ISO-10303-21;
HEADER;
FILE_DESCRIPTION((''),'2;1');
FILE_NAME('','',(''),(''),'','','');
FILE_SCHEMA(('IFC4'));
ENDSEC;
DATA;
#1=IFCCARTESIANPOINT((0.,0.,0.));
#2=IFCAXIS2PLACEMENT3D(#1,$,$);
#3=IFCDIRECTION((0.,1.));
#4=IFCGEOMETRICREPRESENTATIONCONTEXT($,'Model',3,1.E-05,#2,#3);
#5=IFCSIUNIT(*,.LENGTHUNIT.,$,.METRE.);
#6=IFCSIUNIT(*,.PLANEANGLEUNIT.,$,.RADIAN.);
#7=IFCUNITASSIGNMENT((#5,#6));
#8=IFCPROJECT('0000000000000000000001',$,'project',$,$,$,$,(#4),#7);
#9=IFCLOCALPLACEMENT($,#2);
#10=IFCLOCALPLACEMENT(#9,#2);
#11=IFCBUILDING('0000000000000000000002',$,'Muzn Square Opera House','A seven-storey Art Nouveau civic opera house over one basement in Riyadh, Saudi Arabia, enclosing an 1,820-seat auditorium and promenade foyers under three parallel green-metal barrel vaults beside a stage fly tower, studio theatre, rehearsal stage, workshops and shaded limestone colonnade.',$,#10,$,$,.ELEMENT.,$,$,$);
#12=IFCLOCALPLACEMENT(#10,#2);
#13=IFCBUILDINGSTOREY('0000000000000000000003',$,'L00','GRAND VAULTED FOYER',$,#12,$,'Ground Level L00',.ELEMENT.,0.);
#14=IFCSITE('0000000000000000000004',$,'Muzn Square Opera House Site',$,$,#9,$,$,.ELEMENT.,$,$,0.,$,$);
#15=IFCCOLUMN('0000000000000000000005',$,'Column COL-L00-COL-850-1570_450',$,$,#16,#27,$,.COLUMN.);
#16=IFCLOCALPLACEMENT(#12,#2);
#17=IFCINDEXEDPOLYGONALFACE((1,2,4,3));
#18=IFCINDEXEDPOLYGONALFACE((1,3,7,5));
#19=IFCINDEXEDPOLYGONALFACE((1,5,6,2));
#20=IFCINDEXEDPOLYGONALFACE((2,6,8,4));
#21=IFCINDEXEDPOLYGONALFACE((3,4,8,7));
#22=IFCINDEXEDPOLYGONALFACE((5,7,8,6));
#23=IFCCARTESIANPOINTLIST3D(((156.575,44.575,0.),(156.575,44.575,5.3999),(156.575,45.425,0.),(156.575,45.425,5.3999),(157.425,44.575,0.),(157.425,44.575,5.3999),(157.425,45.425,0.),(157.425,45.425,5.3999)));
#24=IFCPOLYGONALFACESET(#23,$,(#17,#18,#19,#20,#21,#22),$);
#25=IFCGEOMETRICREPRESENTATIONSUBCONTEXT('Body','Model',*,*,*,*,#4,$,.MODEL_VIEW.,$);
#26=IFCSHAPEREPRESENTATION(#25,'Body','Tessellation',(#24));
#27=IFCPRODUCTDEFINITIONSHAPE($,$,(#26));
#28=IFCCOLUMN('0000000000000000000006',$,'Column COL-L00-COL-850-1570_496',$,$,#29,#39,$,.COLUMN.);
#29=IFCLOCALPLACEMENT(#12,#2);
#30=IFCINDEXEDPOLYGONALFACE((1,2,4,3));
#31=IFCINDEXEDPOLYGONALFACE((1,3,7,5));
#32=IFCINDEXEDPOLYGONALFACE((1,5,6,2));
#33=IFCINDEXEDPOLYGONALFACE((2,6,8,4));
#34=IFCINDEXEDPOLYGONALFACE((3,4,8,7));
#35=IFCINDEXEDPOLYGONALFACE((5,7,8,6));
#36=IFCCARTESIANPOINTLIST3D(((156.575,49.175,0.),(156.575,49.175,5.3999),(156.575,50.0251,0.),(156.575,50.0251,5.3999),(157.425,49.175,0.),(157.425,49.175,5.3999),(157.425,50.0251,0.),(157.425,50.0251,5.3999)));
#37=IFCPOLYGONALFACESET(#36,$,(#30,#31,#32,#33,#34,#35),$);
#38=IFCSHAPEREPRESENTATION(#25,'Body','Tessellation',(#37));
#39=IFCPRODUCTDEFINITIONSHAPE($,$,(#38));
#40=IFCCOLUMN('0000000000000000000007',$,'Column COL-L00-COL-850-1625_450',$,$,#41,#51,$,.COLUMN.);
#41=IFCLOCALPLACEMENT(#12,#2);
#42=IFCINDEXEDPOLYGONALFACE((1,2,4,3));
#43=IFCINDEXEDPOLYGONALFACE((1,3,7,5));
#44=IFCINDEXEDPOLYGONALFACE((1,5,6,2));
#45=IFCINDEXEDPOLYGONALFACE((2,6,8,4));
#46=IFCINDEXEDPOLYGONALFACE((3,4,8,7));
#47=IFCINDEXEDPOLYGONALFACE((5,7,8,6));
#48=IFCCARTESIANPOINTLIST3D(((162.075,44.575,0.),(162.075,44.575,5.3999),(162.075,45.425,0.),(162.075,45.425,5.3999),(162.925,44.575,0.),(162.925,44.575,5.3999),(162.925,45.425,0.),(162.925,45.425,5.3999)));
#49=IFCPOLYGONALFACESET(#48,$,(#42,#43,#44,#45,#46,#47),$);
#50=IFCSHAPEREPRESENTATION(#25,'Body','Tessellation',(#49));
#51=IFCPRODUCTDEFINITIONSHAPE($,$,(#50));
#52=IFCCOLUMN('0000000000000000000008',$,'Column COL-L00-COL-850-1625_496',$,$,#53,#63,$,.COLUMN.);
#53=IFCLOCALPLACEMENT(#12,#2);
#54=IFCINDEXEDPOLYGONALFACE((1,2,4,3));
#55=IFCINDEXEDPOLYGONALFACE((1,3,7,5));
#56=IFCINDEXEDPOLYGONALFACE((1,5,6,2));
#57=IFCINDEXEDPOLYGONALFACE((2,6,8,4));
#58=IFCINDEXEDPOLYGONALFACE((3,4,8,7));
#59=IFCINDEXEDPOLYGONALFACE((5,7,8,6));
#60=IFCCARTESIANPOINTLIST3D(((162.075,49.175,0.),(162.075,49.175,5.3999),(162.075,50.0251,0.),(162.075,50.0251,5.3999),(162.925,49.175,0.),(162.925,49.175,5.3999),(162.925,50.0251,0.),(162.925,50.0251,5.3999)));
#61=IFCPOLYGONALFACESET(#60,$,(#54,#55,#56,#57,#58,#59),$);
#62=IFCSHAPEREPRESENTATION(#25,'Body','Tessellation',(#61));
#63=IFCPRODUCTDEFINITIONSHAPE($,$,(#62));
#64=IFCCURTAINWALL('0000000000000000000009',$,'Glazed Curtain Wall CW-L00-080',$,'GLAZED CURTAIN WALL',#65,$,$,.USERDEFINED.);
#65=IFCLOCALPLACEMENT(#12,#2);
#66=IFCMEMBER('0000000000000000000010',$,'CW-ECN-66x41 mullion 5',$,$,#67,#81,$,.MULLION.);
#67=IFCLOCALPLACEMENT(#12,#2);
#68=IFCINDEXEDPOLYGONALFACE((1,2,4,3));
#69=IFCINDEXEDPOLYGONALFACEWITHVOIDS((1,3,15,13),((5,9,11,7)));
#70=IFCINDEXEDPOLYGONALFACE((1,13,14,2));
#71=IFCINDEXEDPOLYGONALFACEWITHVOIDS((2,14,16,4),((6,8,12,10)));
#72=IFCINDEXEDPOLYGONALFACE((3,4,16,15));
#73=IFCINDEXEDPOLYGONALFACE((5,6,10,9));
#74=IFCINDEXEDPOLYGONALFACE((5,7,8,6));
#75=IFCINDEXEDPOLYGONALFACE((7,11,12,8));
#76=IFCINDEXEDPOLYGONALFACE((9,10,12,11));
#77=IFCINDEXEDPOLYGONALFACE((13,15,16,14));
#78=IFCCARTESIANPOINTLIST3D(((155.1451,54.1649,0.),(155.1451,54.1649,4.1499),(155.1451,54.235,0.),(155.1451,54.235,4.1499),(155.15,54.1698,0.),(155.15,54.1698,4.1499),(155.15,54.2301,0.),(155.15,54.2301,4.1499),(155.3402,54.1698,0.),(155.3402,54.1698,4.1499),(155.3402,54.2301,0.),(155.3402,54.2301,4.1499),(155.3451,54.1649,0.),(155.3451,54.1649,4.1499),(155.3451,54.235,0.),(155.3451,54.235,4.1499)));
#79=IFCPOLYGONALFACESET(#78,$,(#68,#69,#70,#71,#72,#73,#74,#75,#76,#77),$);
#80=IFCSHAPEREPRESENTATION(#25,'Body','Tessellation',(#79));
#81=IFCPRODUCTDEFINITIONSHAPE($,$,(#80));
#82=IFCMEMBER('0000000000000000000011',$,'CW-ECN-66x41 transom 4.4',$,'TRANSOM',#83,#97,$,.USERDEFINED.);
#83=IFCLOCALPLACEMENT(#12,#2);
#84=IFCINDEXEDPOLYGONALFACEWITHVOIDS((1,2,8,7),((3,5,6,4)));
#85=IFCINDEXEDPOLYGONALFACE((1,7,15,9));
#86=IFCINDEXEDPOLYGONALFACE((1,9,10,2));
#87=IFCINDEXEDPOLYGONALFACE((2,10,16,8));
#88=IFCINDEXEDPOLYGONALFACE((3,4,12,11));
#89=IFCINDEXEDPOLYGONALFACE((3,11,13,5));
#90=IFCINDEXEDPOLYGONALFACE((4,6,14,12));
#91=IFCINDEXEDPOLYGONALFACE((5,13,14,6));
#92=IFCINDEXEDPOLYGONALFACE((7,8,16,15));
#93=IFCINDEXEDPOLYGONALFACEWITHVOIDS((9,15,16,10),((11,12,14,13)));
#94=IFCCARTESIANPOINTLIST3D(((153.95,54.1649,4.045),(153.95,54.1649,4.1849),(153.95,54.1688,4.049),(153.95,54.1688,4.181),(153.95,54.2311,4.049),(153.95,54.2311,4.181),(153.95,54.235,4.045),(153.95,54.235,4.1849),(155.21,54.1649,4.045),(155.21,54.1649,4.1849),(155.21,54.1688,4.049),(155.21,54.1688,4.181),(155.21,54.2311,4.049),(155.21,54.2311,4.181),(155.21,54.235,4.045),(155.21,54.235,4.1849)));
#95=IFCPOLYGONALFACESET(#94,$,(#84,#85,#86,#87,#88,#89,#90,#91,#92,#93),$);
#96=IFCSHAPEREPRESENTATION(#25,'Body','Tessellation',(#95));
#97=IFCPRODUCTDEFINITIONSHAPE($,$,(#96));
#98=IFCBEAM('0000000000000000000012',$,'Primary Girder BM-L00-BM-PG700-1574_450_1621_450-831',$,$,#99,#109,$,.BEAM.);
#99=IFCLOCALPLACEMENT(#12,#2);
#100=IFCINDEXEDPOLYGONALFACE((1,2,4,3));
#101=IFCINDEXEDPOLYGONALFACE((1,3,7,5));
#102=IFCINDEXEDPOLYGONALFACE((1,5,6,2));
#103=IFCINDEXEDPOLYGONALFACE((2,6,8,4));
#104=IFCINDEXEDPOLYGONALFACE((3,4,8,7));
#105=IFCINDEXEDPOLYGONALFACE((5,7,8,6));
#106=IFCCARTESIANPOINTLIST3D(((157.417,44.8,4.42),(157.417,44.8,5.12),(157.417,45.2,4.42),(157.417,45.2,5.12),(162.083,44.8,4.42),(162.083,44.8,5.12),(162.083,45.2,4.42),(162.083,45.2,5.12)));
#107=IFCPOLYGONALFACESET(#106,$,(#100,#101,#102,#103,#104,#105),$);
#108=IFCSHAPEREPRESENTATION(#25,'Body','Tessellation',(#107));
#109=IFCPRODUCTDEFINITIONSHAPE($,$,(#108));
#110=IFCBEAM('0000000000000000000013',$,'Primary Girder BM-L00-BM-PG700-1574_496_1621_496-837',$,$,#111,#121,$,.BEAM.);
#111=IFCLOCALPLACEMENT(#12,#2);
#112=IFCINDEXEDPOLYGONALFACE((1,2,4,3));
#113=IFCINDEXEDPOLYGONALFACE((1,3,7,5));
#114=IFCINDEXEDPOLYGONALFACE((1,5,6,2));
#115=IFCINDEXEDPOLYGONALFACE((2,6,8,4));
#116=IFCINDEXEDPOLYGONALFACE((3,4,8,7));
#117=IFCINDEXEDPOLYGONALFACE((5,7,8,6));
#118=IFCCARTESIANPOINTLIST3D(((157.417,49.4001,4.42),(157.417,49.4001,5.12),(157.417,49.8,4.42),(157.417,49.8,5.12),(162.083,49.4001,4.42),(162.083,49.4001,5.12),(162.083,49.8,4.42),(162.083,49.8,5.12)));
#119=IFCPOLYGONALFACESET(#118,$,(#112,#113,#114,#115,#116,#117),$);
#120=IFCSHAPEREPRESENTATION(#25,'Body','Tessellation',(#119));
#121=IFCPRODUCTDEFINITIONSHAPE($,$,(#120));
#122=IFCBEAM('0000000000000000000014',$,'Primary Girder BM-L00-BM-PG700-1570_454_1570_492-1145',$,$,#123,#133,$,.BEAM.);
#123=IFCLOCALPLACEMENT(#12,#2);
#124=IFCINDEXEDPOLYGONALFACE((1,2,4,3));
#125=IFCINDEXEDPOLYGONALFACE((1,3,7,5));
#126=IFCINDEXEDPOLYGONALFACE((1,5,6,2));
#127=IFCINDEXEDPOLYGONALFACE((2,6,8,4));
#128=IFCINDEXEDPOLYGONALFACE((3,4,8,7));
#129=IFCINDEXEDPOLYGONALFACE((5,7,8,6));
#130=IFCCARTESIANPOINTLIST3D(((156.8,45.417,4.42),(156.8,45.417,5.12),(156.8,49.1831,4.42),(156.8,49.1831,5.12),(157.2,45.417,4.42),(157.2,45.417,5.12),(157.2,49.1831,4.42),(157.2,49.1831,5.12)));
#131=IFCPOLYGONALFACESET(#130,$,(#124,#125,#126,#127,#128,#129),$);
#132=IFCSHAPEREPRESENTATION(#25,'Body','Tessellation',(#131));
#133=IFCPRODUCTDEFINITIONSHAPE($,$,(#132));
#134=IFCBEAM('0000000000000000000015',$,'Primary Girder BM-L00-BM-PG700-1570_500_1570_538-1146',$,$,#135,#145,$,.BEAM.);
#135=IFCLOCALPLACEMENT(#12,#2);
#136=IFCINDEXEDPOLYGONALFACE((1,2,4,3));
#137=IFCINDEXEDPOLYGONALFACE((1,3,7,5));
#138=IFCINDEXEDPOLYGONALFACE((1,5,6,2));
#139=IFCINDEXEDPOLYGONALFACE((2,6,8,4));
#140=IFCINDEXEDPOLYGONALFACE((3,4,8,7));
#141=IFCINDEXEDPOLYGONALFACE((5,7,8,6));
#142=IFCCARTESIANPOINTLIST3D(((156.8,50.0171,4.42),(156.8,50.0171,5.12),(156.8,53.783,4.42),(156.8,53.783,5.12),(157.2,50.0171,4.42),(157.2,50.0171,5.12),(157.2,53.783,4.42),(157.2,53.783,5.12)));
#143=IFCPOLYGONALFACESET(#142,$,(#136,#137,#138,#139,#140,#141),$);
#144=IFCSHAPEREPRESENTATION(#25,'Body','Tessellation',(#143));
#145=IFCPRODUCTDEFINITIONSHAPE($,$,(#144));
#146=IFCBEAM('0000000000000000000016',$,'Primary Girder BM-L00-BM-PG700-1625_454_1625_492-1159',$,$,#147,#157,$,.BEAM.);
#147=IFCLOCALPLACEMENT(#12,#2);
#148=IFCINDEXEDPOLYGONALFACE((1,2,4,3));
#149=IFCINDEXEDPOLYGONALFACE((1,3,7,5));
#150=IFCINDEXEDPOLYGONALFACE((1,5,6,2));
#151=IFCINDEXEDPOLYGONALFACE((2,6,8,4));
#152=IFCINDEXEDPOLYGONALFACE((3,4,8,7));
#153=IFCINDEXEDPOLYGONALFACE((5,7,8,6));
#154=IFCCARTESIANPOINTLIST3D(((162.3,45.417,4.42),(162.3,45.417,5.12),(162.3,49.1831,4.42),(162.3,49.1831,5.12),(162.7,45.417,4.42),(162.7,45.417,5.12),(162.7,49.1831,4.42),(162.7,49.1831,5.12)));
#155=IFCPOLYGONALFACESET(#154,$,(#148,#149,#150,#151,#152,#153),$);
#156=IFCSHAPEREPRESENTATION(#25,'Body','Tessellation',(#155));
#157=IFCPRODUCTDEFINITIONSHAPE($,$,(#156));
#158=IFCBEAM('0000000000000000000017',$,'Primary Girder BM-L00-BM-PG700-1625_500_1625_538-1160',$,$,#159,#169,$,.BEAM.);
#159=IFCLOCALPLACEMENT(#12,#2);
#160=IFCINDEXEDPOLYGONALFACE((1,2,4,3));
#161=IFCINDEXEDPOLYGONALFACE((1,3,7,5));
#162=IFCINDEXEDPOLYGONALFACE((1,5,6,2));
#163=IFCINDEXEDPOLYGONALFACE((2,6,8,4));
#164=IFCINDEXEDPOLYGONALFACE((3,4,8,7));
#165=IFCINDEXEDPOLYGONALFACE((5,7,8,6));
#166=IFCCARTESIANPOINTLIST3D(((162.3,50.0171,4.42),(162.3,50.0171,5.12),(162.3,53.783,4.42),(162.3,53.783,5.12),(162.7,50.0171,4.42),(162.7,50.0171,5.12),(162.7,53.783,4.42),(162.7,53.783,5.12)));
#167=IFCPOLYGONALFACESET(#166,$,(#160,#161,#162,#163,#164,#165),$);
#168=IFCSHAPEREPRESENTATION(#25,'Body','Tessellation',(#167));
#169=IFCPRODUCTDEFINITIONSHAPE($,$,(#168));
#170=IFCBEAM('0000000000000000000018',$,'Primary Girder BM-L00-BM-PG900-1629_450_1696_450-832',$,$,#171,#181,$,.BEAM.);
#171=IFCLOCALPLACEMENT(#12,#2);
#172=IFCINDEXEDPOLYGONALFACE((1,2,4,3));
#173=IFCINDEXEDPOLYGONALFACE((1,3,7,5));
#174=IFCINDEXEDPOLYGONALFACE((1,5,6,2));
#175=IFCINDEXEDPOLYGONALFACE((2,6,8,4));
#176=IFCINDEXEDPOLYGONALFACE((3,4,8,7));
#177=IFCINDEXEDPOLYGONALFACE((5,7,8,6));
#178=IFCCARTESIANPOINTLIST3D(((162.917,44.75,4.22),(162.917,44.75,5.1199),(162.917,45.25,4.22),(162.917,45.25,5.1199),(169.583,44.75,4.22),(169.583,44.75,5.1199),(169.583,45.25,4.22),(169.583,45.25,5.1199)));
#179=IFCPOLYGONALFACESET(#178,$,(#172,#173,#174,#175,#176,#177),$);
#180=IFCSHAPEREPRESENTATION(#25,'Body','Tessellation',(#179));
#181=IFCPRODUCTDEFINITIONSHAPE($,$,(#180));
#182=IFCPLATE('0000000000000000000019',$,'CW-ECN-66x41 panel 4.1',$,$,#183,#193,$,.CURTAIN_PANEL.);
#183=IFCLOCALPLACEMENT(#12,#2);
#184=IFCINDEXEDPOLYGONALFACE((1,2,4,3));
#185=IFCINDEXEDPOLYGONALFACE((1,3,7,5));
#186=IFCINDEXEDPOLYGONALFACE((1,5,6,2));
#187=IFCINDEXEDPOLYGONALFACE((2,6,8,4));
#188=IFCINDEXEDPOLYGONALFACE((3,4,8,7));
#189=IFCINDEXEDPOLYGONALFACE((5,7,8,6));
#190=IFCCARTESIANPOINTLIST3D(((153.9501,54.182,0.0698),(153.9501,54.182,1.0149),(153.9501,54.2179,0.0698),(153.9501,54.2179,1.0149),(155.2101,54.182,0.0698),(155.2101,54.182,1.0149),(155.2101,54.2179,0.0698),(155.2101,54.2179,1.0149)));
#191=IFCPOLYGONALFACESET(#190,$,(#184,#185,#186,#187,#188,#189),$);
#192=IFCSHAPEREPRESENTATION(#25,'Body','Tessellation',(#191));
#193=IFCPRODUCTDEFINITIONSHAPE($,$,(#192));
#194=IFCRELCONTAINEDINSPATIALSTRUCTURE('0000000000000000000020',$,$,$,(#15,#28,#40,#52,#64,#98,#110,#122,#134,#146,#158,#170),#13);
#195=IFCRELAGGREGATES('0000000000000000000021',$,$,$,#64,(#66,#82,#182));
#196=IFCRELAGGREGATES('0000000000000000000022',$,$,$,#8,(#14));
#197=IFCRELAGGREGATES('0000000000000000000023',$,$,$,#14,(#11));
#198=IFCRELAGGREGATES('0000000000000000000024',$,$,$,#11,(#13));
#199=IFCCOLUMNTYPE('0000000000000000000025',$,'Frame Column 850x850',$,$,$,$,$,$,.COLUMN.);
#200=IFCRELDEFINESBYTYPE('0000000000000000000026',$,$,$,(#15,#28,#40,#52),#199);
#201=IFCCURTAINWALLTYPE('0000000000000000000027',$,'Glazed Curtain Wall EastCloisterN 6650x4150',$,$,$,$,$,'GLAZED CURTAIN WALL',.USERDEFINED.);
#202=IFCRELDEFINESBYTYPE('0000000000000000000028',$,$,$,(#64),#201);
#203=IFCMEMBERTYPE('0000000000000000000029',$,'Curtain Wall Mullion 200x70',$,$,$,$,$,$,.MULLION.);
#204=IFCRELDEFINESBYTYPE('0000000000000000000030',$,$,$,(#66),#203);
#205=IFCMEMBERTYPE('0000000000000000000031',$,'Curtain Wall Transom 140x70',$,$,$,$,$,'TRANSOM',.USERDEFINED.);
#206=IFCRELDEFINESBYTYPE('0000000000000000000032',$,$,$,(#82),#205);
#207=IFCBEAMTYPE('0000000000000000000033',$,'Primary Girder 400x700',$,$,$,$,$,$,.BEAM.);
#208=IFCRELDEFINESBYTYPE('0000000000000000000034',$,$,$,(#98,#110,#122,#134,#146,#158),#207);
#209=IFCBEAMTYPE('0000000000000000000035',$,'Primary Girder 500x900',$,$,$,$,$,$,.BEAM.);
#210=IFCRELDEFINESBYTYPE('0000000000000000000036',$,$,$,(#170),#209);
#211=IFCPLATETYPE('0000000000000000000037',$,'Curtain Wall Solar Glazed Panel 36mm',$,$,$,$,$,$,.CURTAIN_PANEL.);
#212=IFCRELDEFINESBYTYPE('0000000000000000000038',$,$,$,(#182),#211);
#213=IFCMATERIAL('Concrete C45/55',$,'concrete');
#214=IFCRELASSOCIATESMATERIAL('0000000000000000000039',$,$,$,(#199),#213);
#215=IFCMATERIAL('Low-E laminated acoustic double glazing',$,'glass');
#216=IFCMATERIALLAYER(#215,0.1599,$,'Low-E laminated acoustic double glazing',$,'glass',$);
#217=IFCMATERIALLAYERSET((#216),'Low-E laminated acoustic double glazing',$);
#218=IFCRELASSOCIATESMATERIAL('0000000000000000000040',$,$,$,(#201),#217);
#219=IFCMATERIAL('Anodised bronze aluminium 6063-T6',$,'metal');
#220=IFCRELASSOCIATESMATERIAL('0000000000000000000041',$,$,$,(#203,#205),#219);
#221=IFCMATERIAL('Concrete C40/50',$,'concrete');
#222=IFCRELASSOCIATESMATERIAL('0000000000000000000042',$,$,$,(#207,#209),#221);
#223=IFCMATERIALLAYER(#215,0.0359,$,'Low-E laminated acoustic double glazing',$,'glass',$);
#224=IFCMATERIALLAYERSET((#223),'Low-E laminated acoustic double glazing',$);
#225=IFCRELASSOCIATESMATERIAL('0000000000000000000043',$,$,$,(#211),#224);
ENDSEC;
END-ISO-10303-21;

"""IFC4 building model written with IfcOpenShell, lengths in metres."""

from ifc_helpers import new_model, si_unit, direction, frame, origin, origin_2d, place, context, subcontext, project, spatial, rectangle, hollow_rectangle, extrude, material, layer, layer_set, material_profile, profile_set, type_object, element, aggregate, save


model = new_model("IFC4")

# Units and contexts
model_context = context("Model", 3, precision=1e-05, world=origin(), true_north=direction((0.0, 1.0)))
body_context = subcontext(model_context, "Body", "Model", "MODEL_VIEW")
ifc_project = project(units=[si_unit("LENGTHUNIT", "METRE"), si_unit("PLANEANGLEUNIT", "RADIAN")], contexts=[model_context])

# Site, building, storey
site_placement = place(None, origin())
site = spatial("IfcSite", under=ifc_project, at=site_placement, Name="Muzn Square Opera House Site", CompositionType="ELEMENT", RefElevation=0.0)
building_placement = place(site_placement, origin())
building = spatial("IfcBuilding", under=site, at=building_placement, Name="Muzn Square Opera House", Description="A seven-storey Art Nouveau civic opera house over one basement in Riyadh, Saudi Arabia, enclosing an 1,820-seat auditorium and promenade foyers under three parallel green-metal barrel vaults beside a stage fly tower, studio theatre, rehearsal stage, workshops and shaded limestone colonnade.", CompositionType="ELEMENT")
storey_placement = place(building_placement, origin())
storey = spatial("IfcBuildingStorey", under=building, at=storey_placement, Name="L00", Description="GRAND VAULTED FOYER", LongName="Ground Level L00", CompositionType="ELEMENT", Elevation=0.0)

# Columns
ifc_material_1 = material(Name="Concrete C45/55", Category="concrete")
ifc_material_profile_1 = material_profile(ifc_material_1, rectangle(XDim=0.8501, YDim=0.8501, at=origin_2d()), Name="RC 850x850", Category="concrete")
ifc_profile_set_1 = profile_set([ifc_material_profile_1], Name="Concrete C45/55")
column_type = type_object("IfcColumnType", Name="Frame Column 850x850", PredefinedType="COLUMN", material=ifc_profile_set_1)
for number, where, z_axis, x_axis, name in (
    (1, (157.0, 45.0, 0.0), (0.0, 0.0, 1.0), (1.0, 0.0, 0.0), "Column COL-L00-COL-850-1570_450"),
    (2, (157.0, 49.6001, 0.0), (0.0, 0.0, 1.0), (1.0, 0.0, 0.0), "Column COL-L00-COL-850-1570_496"),
    (3, (162.5, 45.0, 0.0), (0.0, 0.0, 1.0), (1.0, 0.0, 0.0), "Column COL-L00-COL-850-1625_450"),
    (4, (162.5, 49.6001, 0.0), (0.0, 0.0, 1.0), (1.0, 0.0, 0.0), "Column COL-L00-COL-850-1625_496"),
):
    element("IfcColumn", number, at=place(storey_placement, frame(where, z_axis=z_axis, x_axis=x_axis)), inside=storey, type_object=column_type, Name=name, PredefinedType="COLUMN", context=body_context, shape_type="SweptSolid", body=[
        extrude(rectangle(XDim=0.8501, YDim=0.8501, at=origin_2d()), origin(), (0.0, 0.0, 1.0), 5.3999),
    ])

# Curtain wall, members
ifc_material_2 = material(Name="Low-E laminated acoustic double glazing", Category="glass")
ifc_layer_1 = layer(ifc_material_2, 0.1599, Name="Low-E laminated acoustic double glazing", Category="glass")
ifc_layer_set_1 = layer_set([ifc_layer_1], Name="Low-E laminated acoustic double glazing")
curtain_wall_type = type_object("IfcCurtainWallType", Name="Glazed Curtain Wall EastCloisterN 6650x4150", ElementType="GLAZED CURTAIN WALL", PredefinedType="USERDEFINED", material=ifc_layer_set_1)
curtain_wall_placement = place(storey_placement, origin())
curtain_wall = element("IfcCurtainWall", 5, at=curtain_wall_placement, inside=storey, type_object=curtain_wall_type, Name="Glazed Curtain Wall CW-L00-080", ObjectType="GLAZED CURTAIN WALL", PredefinedType="USERDEFINED")
ifc_material_3 = material(Name="Anodised bronze aluminium 6063-T6", Category="metal")
ifc_material_profile_2 = material_profile(ifc_material_3, hollow_rectangle(XDim=0.0701, YDim=0.2, WallThickness=0.0049, at=origin_2d()), Name="ALU 200x70x5", Category="metal")
ifc_profile_set_2 = profile_set([ifc_material_profile_2], Name="Anodised bronze aluminium 6063-T6")
member_type_1 = type_object("IfcMemberType", Name="Curtain Wall Mullion 200x70", PredefinedType="MULLION", material=ifc_profile_set_2)
member_1_placement = place(storey_placement, frame((155.2451, 54.2, 0.0), z_axis=(0.0, 0.0, 1.0), x_axis=(0.0, 1.0, 0.0)))
member_1 = element("IfcMember", 6, at=member_1_placement, type_object=member_type_1, Name="CW-ECN-66x41 mullion 5", PredefinedType="MULLION", context=body_context, shape_type="SweptSolid", body=[
    extrude(hollow_rectangle(XDim=0.0701, YDim=0.2, WallThickness=0.0049, at=origin_2d()), origin(), (0.0, 0.0, 1.0), 4.1499),
])
ifc_material_profile_3 = material_profile(ifc_material_3, hollow_rectangle(XDim=0.0701, YDim=0.1399, WallThickness=0.0039, at=origin_2d()), Name="ALU 140x70x4", Category="metal")
ifc_profile_set_3 = profile_set([ifc_material_profile_3], Name="Anodised bronze aluminium 6063-T6")
member_type_2 = type_object("IfcMemberType", Name="Curtain Wall Transom 140x70", ElementType="TRANSOM", PredefinedType="USERDEFINED", material=ifc_profile_set_3)
member_2_placement = place(storey_placement, frame((153.95, 54.2, 4.115), z_axis=(1.0, 0.0, 0.0), x_axis=(0.0, 1.0, 0.0)))
member_2 = element("IfcMember", 7, at=member_2_placement, type_object=member_type_2, Name="CW-ECN-66x41 transom 4.4", ObjectType="TRANSOM", PredefinedType="USERDEFINED", context=body_context, shape_type="SweptSolid", body=[
    extrude(hollow_rectangle(XDim=0.0701, YDim=0.1399, WallThickness=0.0039, at=origin_2d()), origin(), (0.0, 0.0, 1.0), 1.26),
])

# Beams
ifc_material_4 = material(Name="Concrete C40/50", Category="concrete")
ifc_material_profile_4 = material_profile(ifc_material_4, rectangle(XDim=0.3999, YDim=0.7, at=origin_2d()), Name="RCB 400x700", Category="concrete")
ifc_profile_set_4 = profile_set([ifc_material_profile_4], Name="Concrete C40/50")
beam_type_1 = type_object("IfcBeamType", Name="Primary Girder 400x700", PredefinedType="BEAM", material=ifc_profile_set_4)
for number, where, z_axis, x_axis, name in (
    (8, (157.417, 45.0, 4.77), (1.0, 0.0, 0.0), (0.0, 1.0, 0.0), "Primary Girder BM-L00-BM-PG700-1574_450_1621_450-831"),
    (9, (157.417, 49.6001, 4.77), (1.0, 0.0, 0.0), (0.0, 1.0, 0.0), "Primary Girder BM-L00-BM-PG700-1574_496_1621_496-837"),
):
    element("IfcBeam", number, at=place(storey_placement, frame(where, z_axis=z_axis, x_axis=x_axis)), inside=storey, type_object=beam_type_1, Name=name, PredefinedType="BEAM", context=body_context, shape_type="SweptSolid", body=[
        extrude(rectangle(XDim=0.3999, YDim=0.7, at=origin_2d()), origin(), (0.0, 0.0, 1.0), 4.666),
    ])
beam_1_placement = place(storey_placement, frame((157.0, 45.417, 4.77), z_axis=(0.0, 1.0, 0.0), x_axis=(-1.0, 0.0, 0.0)))
element("IfcBeam", 10, at=beam_1_placement, inside=storey, type_object=beam_type_1, Name="Primary Girder BM-L00-BM-PG700-1570_454_1570_492-1145", PredefinedType="BEAM", context=body_context, shape_type="SweptSolid", body=[
    extrude(rectangle(XDim=0.3999, YDim=0.7, at=origin_2d()), origin(), (0.0, 0.0, 1.0), 3.7661),
])
beam_2_placement = place(storey_placement, frame((157.0, 50.0171, 4.77), z_axis=(0.0, 1.0, 0.0), x_axis=(-1.0, 0.0, 0.0)))
element("IfcBeam", 11, at=beam_2_placement, inside=storey, type_object=beam_type_1, Name="Primary Girder BM-L00-BM-PG700-1570_500_1570_538-1146", PredefinedType="BEAM", context=body_context, shape_type="SweptSolid", body=[
    extrude(rectangle(XDim=0.3999, YDim=0.7, at=origin_2d()), origin(), (0.0, 0.0, 1.0), 3.7659),
])
beam_3_placement = place(storey_placement, frame((162.5, 45.417, 4.77), z_axis=(0.0, 1.0, 0.0), x_axis=(-1.0, 0.0, 0.0)))
element("IfcBeam", 12, at=beam_3_placement, inside=storey, type_object=beam_type_1, Name="Primary Girder BM-L00-BM-PG700-1625_454_1625_492-1159", PredefinedType="BEAM", context=body_context, shape_type="SweptSolid", body=[
    extrude(rectangle(XDim=0.3999, YDim=0.7, at=origin_2d()), origin(), (0.0, 0.0, 1.0), 3.7661),
])
beam_4_placement = place(storey_placement, frame((162.5, 50.0171, 4.77), z_axis=(0.0, 1.0, 0.0), x_axis=(-1.0, 0.0, 0.0)))
element("IfcBeam", 13, at=beam_4_placement, inside=storey, type_object=beam_type_1, Name="Primary Girder BM-L00-BM-PG700-1625_500_1625_538-1160", PredefinedType="BEAM", context=body_context, shape_type="SweptSolid", body=[
    extrude(rectangle(XDim=0.3999, YDim=0.7, at=origin_2d()), origin(), (0.0, 0.0, 1.0), 3.7659),
])
ifc_material_profile_5 = material_profile(ifc_material_4, rectangle(XDim=0.5, YDim=0.8999, at=origin_2d()), Name="RCB 500x900", Category="concrete")
ifc_profile_set_5 = profile_set([ifc_material_profile_5], Name="Concrete C40/50")
beam_type_2 = type_object("IfcBeamType", Name="Primary Girder 500x900", PredefinedType="BEAM", material=ifc_profile_set_5)
beam_5_placement = place(storey_placement, frame((162.917, 45.0, 4.6699), z_axis=(1.0, 0.0, 0.0), x_axis=(0.0, 1.0, 0.0)))
element("IfcBeam", 14, at=beam_5_placement, inside=storey, type_object=beam_type_2, Name="Primary Girder BM-L00-BM-PG900-1629_450_1696_450-832", PredefinedType="BEAM", context=body_context, shape_type="SweptSolid", body=[
    extrude(rectangle(XDim=0.5, YDim=0.8999, at=origin_2d()), origin(), (0.0, 0.0, 1.0), 6.666),
])

# Plate
ifc_layer_2 = layer(ifc_material_2, 0.0359, Name="Low-E laminated acoustic double glazing", Category="glass")
ifc_layer_set_2 = layer_set([ifc_layer_2], Name="Low-E laminated acoustic double glazing")
plate_type = type_object("IfcPlateType", Name="Curtain Wall Solar Glazed Panel 36mm", PredefinedType="CURTAIN_PANEL", material=ifc_layer_set_2)
plate_1_placement = place(storey_placement, frame((154.5801, 54.2, 0.0698), z_axis=(0.0, 0.0, 1.0), x_axis=(1.0, 0.0, 0.0)))
plate_1 = element("IfcPlate", 15, at=plate_1_placement, type_object=plate_type, Name="CW-ECN-66x41 panel 4.1", PredefinedType="CURTAIN_PANEL", context=body_context, shape_type="SweptSolid", body=[
    extrude(rectangle(XDim=1.26, YDim=0.0359, at=origin_2d()), origin(), (0.0, 0.0, 1.0), 0.9451),
])
aggregate(curtain_wall, [member_1, member_2, plate_1])

save(model, "model.ifc")
